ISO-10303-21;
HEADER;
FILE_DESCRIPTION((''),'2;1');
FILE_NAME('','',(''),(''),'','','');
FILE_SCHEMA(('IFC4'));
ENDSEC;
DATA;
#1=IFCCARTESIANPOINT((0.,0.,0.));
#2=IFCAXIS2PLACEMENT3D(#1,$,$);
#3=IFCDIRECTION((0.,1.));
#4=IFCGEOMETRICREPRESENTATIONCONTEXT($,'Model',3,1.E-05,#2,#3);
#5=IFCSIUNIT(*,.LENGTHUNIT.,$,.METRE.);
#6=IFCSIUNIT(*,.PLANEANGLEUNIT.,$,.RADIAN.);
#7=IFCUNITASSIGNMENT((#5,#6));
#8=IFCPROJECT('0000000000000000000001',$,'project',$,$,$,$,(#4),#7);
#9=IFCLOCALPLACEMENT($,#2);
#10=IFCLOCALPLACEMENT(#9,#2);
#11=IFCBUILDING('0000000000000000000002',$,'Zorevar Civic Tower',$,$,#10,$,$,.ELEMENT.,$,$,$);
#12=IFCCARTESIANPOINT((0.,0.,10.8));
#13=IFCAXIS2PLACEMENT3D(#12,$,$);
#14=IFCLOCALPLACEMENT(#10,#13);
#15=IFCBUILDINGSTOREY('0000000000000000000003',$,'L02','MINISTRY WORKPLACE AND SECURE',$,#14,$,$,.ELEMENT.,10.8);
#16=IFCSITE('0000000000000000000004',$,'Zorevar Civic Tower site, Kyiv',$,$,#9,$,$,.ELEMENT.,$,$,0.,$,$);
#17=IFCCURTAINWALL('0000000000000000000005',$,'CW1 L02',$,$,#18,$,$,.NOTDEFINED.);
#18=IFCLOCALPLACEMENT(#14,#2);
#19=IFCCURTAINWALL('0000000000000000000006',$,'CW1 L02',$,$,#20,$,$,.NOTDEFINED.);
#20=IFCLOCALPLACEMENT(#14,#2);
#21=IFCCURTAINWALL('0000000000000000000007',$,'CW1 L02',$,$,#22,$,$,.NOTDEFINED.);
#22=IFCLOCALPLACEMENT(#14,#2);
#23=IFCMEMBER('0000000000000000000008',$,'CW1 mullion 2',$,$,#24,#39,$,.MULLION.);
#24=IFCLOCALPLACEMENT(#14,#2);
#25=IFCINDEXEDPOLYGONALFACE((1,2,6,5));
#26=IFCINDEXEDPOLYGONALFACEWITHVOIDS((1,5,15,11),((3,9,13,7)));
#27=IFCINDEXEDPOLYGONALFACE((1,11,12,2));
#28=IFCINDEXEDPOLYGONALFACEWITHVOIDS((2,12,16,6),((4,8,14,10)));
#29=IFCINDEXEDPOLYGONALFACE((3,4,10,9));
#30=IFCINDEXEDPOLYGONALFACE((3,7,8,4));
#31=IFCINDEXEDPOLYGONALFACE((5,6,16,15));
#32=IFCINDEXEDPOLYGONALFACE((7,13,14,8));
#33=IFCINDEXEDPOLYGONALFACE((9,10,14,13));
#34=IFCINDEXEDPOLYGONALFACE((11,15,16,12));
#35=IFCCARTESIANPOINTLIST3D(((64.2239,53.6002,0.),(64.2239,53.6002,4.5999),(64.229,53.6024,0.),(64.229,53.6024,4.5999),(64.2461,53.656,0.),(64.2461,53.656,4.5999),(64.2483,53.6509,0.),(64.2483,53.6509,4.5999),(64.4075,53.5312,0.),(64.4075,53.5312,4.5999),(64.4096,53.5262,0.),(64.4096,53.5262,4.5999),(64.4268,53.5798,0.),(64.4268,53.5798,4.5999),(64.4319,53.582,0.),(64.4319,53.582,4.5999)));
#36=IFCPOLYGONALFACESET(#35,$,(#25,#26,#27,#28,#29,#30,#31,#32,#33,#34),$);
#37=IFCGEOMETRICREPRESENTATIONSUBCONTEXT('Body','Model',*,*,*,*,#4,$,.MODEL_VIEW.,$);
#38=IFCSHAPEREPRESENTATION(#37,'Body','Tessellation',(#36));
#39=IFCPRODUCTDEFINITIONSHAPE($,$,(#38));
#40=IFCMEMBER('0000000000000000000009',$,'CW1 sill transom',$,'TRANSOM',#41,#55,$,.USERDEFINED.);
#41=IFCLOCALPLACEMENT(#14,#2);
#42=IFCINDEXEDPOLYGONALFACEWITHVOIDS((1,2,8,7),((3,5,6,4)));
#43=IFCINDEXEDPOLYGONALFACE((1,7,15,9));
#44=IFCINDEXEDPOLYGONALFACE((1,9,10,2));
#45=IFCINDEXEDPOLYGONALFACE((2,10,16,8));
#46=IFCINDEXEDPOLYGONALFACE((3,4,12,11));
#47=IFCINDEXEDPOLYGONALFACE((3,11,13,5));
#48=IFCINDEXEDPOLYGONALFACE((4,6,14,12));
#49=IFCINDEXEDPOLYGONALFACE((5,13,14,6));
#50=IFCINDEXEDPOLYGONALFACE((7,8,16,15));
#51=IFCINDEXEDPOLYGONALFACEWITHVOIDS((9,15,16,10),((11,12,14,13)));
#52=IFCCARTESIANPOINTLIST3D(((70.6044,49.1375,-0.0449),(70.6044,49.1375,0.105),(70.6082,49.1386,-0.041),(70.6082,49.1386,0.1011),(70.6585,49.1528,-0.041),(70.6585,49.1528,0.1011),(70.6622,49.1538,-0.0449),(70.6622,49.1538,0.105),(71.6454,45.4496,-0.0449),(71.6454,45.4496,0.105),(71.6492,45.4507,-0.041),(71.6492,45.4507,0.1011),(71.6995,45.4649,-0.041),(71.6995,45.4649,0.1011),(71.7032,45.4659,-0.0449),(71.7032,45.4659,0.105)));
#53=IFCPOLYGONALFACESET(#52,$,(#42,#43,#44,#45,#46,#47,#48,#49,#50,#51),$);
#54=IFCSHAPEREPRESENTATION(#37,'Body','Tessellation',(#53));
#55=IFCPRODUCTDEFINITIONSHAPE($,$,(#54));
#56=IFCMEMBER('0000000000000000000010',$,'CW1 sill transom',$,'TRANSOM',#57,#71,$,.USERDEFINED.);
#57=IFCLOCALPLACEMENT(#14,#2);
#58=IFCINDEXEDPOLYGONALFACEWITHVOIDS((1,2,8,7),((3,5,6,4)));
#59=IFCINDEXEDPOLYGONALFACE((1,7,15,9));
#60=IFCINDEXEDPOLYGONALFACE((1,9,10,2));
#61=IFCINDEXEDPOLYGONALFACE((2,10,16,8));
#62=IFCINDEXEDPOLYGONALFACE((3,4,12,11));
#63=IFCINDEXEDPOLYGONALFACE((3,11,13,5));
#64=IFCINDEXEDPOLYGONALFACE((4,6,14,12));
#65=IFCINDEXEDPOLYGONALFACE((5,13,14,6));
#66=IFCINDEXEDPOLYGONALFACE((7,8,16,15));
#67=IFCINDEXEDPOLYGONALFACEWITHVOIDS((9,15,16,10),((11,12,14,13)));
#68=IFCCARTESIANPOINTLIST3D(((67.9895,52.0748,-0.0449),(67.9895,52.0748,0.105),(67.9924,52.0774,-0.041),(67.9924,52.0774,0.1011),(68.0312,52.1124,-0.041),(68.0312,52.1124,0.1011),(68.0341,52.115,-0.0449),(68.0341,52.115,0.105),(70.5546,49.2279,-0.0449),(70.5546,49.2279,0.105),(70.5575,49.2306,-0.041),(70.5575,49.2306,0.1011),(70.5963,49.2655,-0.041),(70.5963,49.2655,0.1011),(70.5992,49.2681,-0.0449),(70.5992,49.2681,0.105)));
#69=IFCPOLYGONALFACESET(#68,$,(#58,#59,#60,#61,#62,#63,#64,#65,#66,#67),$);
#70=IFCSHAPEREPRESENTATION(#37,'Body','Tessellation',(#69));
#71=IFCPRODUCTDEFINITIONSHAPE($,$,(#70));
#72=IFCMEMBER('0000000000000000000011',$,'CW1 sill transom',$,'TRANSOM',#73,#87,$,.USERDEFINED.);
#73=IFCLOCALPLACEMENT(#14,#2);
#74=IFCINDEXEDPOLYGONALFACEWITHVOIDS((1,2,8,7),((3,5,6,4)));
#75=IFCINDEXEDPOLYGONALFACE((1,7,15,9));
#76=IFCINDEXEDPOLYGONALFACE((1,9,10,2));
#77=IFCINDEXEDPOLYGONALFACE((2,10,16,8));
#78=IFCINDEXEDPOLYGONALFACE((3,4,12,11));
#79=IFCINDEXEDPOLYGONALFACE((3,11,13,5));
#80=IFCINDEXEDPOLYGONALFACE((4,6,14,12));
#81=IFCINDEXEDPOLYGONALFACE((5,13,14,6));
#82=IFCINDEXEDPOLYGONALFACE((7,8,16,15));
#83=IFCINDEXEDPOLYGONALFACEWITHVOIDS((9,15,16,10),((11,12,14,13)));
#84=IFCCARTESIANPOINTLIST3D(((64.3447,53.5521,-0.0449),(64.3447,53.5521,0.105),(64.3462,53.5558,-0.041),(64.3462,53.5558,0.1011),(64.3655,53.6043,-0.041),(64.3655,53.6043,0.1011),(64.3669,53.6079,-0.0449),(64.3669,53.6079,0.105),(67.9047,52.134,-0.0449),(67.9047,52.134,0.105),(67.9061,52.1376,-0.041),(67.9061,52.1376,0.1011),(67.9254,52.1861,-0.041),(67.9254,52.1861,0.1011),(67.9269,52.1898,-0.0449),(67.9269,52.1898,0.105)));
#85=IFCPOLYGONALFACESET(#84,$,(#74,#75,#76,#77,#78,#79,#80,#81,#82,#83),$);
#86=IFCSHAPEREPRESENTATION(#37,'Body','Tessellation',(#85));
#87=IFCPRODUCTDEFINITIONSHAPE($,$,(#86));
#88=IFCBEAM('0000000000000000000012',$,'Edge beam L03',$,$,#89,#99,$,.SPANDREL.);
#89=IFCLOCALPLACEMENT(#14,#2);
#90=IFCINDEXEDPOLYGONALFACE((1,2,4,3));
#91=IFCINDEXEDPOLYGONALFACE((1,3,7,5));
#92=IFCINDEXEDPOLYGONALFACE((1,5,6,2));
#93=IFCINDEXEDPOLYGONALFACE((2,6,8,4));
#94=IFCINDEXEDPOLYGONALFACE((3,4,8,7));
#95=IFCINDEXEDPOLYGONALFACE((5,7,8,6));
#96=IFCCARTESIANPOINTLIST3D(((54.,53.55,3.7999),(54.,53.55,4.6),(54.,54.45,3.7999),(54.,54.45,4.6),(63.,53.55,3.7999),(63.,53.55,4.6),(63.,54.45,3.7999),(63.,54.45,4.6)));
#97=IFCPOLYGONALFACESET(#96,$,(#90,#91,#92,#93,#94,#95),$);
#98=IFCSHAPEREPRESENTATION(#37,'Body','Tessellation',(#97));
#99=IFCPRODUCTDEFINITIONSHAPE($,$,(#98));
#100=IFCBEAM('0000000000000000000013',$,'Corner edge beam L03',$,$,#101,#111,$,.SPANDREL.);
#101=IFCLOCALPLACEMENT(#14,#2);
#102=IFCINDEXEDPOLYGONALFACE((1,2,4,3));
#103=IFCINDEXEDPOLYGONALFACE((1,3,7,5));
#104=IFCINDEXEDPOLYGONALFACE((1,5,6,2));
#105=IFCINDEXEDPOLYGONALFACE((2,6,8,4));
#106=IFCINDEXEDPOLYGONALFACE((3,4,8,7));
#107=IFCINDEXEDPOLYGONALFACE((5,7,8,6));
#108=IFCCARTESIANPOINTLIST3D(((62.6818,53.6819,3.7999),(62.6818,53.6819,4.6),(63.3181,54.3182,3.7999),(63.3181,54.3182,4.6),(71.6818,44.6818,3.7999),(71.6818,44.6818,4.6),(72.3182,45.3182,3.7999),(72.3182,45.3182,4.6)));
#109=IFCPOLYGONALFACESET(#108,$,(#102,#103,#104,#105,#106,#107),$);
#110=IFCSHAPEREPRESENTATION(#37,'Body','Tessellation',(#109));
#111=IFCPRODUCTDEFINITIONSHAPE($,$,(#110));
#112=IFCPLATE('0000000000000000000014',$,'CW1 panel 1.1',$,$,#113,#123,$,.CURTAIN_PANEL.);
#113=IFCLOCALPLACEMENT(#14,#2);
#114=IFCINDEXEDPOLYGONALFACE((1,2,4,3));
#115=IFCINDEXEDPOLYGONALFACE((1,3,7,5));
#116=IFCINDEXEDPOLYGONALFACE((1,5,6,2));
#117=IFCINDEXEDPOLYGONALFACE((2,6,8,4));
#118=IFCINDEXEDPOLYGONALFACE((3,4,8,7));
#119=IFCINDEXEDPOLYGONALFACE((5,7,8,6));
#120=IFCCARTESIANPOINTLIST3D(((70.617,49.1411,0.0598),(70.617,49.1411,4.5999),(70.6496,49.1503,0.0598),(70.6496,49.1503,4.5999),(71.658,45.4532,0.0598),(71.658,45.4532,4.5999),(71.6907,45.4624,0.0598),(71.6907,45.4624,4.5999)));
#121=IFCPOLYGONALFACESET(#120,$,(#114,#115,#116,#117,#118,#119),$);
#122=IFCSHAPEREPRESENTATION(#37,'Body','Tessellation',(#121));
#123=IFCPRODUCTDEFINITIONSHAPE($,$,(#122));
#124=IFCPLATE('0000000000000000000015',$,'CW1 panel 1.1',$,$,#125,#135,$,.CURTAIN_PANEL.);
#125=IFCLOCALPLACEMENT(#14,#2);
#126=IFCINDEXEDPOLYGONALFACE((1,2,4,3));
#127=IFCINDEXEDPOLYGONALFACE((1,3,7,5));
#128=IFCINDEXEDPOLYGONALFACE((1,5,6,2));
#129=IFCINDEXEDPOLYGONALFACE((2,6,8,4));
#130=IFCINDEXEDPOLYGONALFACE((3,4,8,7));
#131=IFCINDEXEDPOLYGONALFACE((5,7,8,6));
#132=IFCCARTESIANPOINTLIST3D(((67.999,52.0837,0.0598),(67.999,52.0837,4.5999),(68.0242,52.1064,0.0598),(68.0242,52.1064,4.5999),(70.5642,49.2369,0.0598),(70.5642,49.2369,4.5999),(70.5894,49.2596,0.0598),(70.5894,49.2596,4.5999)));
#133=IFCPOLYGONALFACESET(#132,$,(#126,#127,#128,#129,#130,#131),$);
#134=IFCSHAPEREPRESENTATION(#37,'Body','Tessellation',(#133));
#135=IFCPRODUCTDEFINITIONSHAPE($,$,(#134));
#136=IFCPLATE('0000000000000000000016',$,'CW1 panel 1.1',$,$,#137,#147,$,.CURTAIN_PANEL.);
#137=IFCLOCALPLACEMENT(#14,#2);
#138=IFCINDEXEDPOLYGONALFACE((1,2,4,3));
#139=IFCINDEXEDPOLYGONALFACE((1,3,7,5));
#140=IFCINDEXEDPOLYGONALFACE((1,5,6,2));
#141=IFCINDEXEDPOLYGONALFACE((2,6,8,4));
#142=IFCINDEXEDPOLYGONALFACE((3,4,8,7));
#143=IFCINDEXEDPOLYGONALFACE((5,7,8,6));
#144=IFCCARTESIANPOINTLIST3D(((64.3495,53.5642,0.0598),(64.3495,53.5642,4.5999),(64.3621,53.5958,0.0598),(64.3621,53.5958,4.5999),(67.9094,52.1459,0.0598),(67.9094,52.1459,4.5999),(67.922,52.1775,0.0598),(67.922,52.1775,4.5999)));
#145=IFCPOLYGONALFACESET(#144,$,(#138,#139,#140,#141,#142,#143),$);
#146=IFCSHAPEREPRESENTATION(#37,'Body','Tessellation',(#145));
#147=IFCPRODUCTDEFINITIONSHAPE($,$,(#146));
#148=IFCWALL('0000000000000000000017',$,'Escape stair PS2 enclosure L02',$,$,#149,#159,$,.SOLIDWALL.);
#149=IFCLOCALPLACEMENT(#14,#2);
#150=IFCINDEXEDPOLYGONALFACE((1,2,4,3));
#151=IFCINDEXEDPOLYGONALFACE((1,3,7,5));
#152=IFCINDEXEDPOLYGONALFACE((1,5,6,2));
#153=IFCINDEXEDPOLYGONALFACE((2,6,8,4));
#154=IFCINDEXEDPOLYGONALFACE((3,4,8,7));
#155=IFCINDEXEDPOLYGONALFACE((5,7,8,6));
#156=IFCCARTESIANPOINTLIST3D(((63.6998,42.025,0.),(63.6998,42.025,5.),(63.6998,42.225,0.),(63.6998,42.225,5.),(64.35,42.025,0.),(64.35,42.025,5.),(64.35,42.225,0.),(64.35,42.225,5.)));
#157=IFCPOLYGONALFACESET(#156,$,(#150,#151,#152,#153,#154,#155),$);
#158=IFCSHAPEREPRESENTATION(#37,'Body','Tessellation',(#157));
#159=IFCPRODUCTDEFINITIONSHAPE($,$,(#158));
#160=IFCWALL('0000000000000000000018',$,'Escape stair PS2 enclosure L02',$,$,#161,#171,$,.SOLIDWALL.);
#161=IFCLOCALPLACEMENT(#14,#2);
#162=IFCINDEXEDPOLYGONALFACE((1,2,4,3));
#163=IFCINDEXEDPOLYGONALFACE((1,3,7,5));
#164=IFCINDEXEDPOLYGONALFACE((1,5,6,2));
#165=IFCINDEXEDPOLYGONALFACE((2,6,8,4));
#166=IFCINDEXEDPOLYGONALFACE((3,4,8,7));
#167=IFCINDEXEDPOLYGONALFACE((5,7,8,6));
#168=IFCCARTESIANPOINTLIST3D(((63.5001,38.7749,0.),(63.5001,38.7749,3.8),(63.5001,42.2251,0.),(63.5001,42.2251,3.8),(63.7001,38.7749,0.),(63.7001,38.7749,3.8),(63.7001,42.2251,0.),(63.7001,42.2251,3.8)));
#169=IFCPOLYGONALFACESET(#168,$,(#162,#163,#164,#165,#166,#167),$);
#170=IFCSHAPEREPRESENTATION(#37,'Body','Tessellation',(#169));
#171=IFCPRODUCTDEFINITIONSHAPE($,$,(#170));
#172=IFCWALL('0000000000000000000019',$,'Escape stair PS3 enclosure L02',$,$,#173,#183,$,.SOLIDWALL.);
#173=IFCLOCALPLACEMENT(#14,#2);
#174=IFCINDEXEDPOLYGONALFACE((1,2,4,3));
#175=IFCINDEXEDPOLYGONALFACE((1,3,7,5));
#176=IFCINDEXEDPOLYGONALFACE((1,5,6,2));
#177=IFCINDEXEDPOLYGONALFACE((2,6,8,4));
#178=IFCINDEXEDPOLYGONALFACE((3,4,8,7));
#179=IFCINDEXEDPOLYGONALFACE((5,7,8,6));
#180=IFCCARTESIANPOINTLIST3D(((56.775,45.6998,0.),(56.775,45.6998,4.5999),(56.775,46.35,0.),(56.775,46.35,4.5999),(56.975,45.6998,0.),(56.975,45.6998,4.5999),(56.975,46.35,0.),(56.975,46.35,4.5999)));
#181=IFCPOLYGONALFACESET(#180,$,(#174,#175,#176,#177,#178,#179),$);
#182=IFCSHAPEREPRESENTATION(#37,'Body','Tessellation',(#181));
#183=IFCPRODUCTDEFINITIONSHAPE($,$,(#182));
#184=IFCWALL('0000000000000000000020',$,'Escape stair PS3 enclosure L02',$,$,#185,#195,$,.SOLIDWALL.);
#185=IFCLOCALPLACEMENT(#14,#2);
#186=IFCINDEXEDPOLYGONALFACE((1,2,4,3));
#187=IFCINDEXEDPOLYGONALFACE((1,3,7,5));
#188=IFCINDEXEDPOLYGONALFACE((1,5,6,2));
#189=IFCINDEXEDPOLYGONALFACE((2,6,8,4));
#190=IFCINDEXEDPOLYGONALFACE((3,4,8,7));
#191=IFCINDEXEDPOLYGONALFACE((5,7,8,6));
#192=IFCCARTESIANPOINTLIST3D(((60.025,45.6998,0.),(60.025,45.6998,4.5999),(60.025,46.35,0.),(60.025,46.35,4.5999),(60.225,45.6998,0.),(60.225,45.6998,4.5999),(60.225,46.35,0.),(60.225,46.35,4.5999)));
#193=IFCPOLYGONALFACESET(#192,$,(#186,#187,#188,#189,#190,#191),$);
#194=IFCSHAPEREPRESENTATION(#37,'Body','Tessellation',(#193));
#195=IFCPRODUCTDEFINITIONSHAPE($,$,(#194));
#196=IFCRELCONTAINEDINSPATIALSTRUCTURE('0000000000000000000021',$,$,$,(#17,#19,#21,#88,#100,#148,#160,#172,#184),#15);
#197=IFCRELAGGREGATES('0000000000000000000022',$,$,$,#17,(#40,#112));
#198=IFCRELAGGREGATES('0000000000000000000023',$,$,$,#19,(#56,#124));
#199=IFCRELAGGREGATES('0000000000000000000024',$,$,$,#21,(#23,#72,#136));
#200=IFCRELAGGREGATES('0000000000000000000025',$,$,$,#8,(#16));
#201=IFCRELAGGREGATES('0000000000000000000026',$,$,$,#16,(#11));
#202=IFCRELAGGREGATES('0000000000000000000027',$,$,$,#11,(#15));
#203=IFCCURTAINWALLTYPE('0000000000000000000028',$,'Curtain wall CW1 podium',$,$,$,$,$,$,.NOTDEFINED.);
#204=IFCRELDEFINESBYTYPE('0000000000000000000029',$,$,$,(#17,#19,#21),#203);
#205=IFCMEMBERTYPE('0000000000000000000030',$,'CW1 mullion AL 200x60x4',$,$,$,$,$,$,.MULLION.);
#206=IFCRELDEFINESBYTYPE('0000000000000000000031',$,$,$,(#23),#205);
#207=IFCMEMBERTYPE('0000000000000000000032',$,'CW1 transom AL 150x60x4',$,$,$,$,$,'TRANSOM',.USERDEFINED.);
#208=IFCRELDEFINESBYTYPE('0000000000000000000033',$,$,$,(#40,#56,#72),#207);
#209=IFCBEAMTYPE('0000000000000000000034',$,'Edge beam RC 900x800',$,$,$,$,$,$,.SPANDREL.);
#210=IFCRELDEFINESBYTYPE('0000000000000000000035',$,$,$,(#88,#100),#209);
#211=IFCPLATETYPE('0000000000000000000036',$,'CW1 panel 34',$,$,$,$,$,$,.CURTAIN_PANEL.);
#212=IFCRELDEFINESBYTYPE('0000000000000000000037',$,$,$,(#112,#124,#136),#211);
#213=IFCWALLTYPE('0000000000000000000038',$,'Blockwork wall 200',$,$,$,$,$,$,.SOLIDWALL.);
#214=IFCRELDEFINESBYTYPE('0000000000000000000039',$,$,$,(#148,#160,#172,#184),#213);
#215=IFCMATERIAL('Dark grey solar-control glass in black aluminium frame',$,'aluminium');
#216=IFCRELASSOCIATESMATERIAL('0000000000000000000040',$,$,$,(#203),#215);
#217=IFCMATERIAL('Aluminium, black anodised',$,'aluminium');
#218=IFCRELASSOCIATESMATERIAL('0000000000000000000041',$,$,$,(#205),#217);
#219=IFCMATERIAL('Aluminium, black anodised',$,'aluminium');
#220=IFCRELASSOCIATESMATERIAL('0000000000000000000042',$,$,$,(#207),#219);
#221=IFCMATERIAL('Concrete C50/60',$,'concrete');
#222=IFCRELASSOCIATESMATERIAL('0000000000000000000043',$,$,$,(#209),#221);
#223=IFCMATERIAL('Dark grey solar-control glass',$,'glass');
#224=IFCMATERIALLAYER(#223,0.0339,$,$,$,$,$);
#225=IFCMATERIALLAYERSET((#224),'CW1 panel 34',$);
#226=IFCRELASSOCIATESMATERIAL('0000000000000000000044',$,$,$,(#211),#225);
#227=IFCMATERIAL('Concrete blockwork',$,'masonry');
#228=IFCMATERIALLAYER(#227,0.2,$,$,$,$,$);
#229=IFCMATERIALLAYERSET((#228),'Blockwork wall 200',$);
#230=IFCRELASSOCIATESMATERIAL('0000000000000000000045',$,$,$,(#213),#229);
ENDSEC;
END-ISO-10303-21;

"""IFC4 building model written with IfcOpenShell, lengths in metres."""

from ifc_helpers import new_model, si_unit, direction, frame, frame_2d, origin, origin_2d, place, context, subcontext, project, spatial, rectangle, hollow_rectangle, extrude, material, layer, layer_set, material_profile, profile_set, type_object, element, aggregate, save


model = new_model("IFC4")

# Units and contexts
model_context = context("Model", 3, precision=1e-05, world=origin(), true_north=direction((0.0, 1.0)))
body_context = subcontext(model_context, "Body", "Model", "MODEL_VIEW")
ifc_project = project(units=[si_unit("LENGTHUNIT", "METRE"), si_unit("PLANEANGLEUNIT", "RADIAN")], contexts=[model_context])

# Site, building, storey
site_placement = place(None, origin())
site = spatial("IfcSite", under=ifc_project, at=site_placement, Name="Zorevar Civic Tower site, Kyiv", CompositionType="ELEMENT", RefElevation=0.0)
building_placement = place(site_placement, origin())
building = spatial("IfcBuilding", under=site, at=building_placement, Name="Zorevar Civic Tower", CompositionType="ELEMENT")
storey_placement = place(building_placement, frame((0.0, 0.0, 10.8)))
storey = spatial("IfcBuildingStorey", under=building, at=storey_placement, Name="L02", Description="MINISTRY WORKPLACE AND SECURE", CompositionType="ELEMENT", Elevation=10.8)

# Curtain walls, member
ifc_material_1 = material(Name="Dark grey solar-control glass in black aluminium frame", Category="aluminium")
curtain_wall_type = type_object("IfcCurtainWallType", Name="Curtain wall CW1 podium", PredefinedType="NOTDEFINED", material=ifc_material_1)
curtain_wall_1_placement = place(storey_placement, origin())
curtain_wall_1 = element("IfcCurtainWall", 1, at=curtain_wall_1_placement, inside=storey, type_object=curtain_wall_type, Name="CW1 L02", PredefinedType="NOTDEFINED")
ifc_material_2 = material(Name="Aluminium, black anodised", Category="aluminium")
ifc_material_profile_1 = material_profile(ifc_material_2, hollow_rectangle(XDim=0.0601, YDim=0.2, WallThickness=0.0039, at=origin_2d()), Name="AL 200x60x4")
ifc_profile_set_1 = profile_set([ifc_material_profile_1], Name="Aluminium, black anodised")
member_type_1 = type_object("IfcMemberType", Name="CW1 mullion AL 200x60x4", PredefinedType="MULLION", material=ifc_profile_set_1)
curtain_wall_2_placement = place(storey_placement, origin())
curtain_wall_2 = element("IfcCurtainWall", 2, at=curtain_wall_2_placement, inside=storey, type_object=curtain_wall_type, Name="CW1 L02", PredefinedType="NOTDEFINED")
curtain_wall_3_placement = place(storey_placement, origin())
curtain_wall_3 = element("IfcCurtainWall", 3, at=curtain_wall_3_placement, inside=storey, type_object=curtain_wall_type, Name="CW1 L02", PredefinedType="NOTDEFINED")
member_1_placement = place(storey_placement, frame((64.3279, 53.5911, 0.0), z_axis=(0.0, 0.0, 1.0), x_axis=(-0.370111, -0.928988, 0.0)))
member_1 = element("IfcMember", 4, at=member_1_placement, type_object=member_type_1, Name="CW1 mullion 2", PredefinedType="MULLION", context=body_context, shape_type="SweptSolid", body=[
    extrude(hollow_rectangle(XDim=0.0601, YDim=0.2, WallThickness=0.0039, at=origin_2d()), origin(), (0.0, 0.0, 1.0), 4.5999),
])

# Members
ifc_material_3 = material(Name="Aluminium, black anodised", Category="aluminium")
ifc_material_profile_2 = material_profile(ifc_material_3, hollow_rectangle(XDim=0.0601, YDim=0.1499, WallThickness=0.0039, at=origin_2d()), Name="AL 150x60x4")
ifc_profile_set_2 = profile_set([ifc_material_profile_2], Name="Aluminium, black anodised")
member_type_2 = type_object("IfcMemberType", Name="CW1 transom AL 150x60x4", ElementType="TRANSOM", PredefinedType="USERDEFINED", material=ifc_profile_set_2)
member_2_placement = place(storey_placement, frame((71.6743, 45.4578, 0.03), z_axis=(-0.271657, 0.962394, 0.0), x_axis=(-0.962394, -0.271657, 0.0)))
member_2 = element("IfcMember", 5, at=member_2_placement, type_object=member_type_2, Name="CW1 sill transom", ObjectType="TRANSOM", PredefinedType="USERDEFINED", context=body_context, shape_type="SweptSolid", body=[
    extrude(hollow_rectangle(XDim=0.0601, YDim=0.1499, WallThickness=0.0039, at=origin_2d()), origin(), (0.0, 0.0, 1.0), 3.832),
])
member_3_placement = place(storey_placement, frame((70.5769, 49.248, 0.03), z_axis=(-0.669391, 0.742911, 0.0), x_axis=(-0.742911, -0.669391, 0.0)))
member_3 = element("IfcMember", 6, at=member_3_placement, type_object=member_type_2, Name="CW1 sill transom", ObjectType="TRANSOM", PredefinedType="USERDEFINED", context=body_context, shape_type="SweptSolid", body=[
    extrude(hollow_rectangle(XDim=0.0601, YDim=0.1499, WallThickness=0.0039, at=origin_2d()), origin(), (0.0, 0.0, 1.0), 3.832),
])
member_4_placement = place(storey_placement, frame((67.9158, 52.1619, 0.03), z_axis=(-0.928999, 0.370083, 0.0), x_axis=(-0.370083, -0.928999, 0.0)))
member_4 = element("IfcMember", 7, at=member_4_placement, type_object=member_type_2, Name="CW1 sill transom", ObjectType="TRANSOM", PredefinedType="USERDEFINED", context=body_context, shape_type="SweptSolid", body=[
    extrude(hollow_rectangle(XDim=0.0601, YDim=0.1499, WallThickness=0.0039, at=origin_2d()), origin(), (0.0, 0.0, 1.0), 3.832),
])

# Beams
ifc_material_4 = material(Name="Concrete C50/60", Category="concrete")
ifc_material_profile_3 = material_profile(ifc_material_4, rectangle(XDim=0.8999, YDim=0.8, at=origin_2d()), Name="RC 900x800")
ifc_profile_set_3 = profile_set([ifc_material_profile_3], Name="Concrete C50/60")
beam_type_1 = type_object("IfcBeamType", Name="Edge beam RC 900x800", PredefinedType="SPANDREL", material=ifc_profile_set_3)
beam_1_placement = place(storey_placement, frame((54.0, 54.0, 4.2), z_axis=(1.0, 0.0, 0.0), x_axis=(0.0, 1.0, 0.0)))
element("IfcBeam", 8, at=beam_1_placement, inside=storey, type_object=beam_type_1, Name="Edge beam L03", PredefinedType="SPANDREL", context=body_context, shape_type="SweptSolid", body=[
    extrude(rectangle(XDim=0.8999, YDim=0.8, at=origin_2d()), origin(), (0.0, 0.0, 1.0), 9.0),
])
beam_2_placement = place(storey_placement, frame((72.0, 45.0, 4.2), z_axis=(-0.707107, 0.707107, 0.0), x_axis=(-0.707107, -0.707107, 0.0)))
element("IfcBeam", 9, at=beam_2_placement, inside=storey, type_object=beam_type_1, Name="Corner edge beam L03", PredefinedType="SPANDREL", context=body_context, shape_type="SweptSolid", body=[
    extrude(rectangle(XDim=0.8999, YDim=0.8, at=origin_2d()), origin(), (0.0, 0.0, 1.0), 12.728),
])

# Plates
ifc_material_5 = material(Name="Dark grey solar-control glass", Category="glass")
ifc_layer_1 = layer(ifc_material_5, 0.0339)
ifc_layer_set_1 = layer_set([ifc_layer_1], Name="CW1 panel 34")
plate_type = type_object("IfcPlateType", Name="CW1 panel 34", PredefinedType="CURTAIN_PANEL", material=ifc_layer_set_1)
plate_1_placement = place(storey_placement, frame((71.1538, 47.3018, 0.0598), z_axis=(0.0, 0.0, 1.0), x_axis=(-0.271669, 0.962391, 0.0)))
plate_1 = element("IfcPlate", 10, at=plate_1_placement, type_object=plate_type, Name="CW1 panel 1.1", PredefinedType="CURTAIN_PANEL", context=body_context, shape_type="SweptSolid", body=[
    extrude(rectangle(XDim=3.832, YDim=0.0339, at=origin_2d()), origin(), (0.0, 0.0, 1.0), 4.54),
])
aggregate(curtain_wall_1, [member_2, plate_1])
plate_2_placement = place(storey_placement, frame((69.2942, 50.6716, 0.0598), z_axis=(0.0, 0.0, 1.0), x_axis=(-0.669403, 0.7429, 0.0)))
plate_2 = element("IfcPlate", 11, at=plate_2_placement, type_object=plate_type, Name="CW1 panel 1.1", PredefinedType="CURTAIN_PANEL", context=body_context, shape_type="SweptSolid", body=[
    extrude(rectangle(XDim=3.832, YDim=0.0339, at=origin_2d()), origin(), (0.0, 0.0, 1.0), 4.54),
])
aggregate(curtain_wall_2, [member_3, plate_2])
plate_3_placement = place(storey_placement, frame((66.1357, 52.8708, 0.0598), z_axis=(0.0, 0.0, 1.0), x_axis=(-0.928988, 0.370111, 0.0)))
plate_3 = element("IfcPlate", 12, at=plate_3_placement, type_object=plate_type, Name="CW1 panel 1.1", PredefinedType="CURTAIN_PANEL", context=body_context, shape_type="SweptSolid", body=[
    extrude(rectangle(XDim=3.832, YDim=0.0339, at=origin_2d()), origin(), (0.0, 0.0, 1.0), 4.54),
])
aggregate(curtain_wall_3, [member_1, member_4, plate_3])

# Walls
ifc_material_6 = material(Name="Concrete blockwork", Category="masonry")
ifc_layer_2 = layer(ifc_material_6, 0.2)
ifc_layer_set_2 = layer_set([ifc_layer_2], Name="Blockwork wall 200")
wall_type_1 = type_object("IfcWallType", Name="Blockwork wall 200", PredefinedType="SOLIDWALL", material=ifc_layer_set_2)
wall_1_placement = place(storey_placement, frame((64.3501, 42.125, 0.0), z_axis=(0.0, 0.0, 1.0), x_axis=(-1.0, 0.0, 0.0)))
element("IfcWall", 13, at=wall_1_placement, inside=storey, type_object=wall_type_1, Name="Escape stair PS2 enclosure L02", PredefinedType="SOLIDWALL", context=body_context, shape_type="SweptSolid", body=[
    extrude(rectangle(XDim=0.6501, YDim=0.2, at=frame_2d((0.3252, 0.0))), origin(), (0.0, 0.0, 1.0), 5.0),
])
wall_2_placement = place(storey_placement, frame((63.6001, 42.2251, 0.0), z_axis=(0.0, 0.0, 1.0), x_axis=(0.0, -1.0, 0.0)))
element("IfcWall", 14, at=wall_2_placement, inside=storey, type_object=wall_type_1, Name="Escape stair PS2 enclosure L02", PredefinedType="SOLIDWALL", context=body_context, shape_type="SweptSolid", body=[
    extrude(rectangle(XDim=3.4502, YDim=0.2, at=frame_2d((1.7251, 0.0))), origin(), (0.0, 0.0, 1.0), 3.8),
])
for number, where, z_axis, x_axis, name in (
    (15, (56.875, 46.3501, 0.0), (0.0, 0.0, 1.0), (0.0, -1.0, 0.0), "Escape stair PS3 enclosure L02"),
    (16, (60.125, 46.3501, 0.0), (0.0, 0.0, 1.0), (0.0, -1.0, 0.0), "Escape stair PS3 enclosure L02"),
):
    element("IfcWall", number, at=place(storey_placement, frame(where, z_axis=z_axis, x_axis=x_axis)), inside=storey, type_object=wall_type_1, Name=name, PredefinedType="SOLIDWALL", context=body_context, shape_type="SweptSolid", body=[
        extrude(rectangle(XDim=0.6501, YDim=0.2, at=frame_2d((0.3252, 0.0))), origin(), (0.0, 0.0, 1.0), 4.5999),
    ])

save(model, "model.ifc")
